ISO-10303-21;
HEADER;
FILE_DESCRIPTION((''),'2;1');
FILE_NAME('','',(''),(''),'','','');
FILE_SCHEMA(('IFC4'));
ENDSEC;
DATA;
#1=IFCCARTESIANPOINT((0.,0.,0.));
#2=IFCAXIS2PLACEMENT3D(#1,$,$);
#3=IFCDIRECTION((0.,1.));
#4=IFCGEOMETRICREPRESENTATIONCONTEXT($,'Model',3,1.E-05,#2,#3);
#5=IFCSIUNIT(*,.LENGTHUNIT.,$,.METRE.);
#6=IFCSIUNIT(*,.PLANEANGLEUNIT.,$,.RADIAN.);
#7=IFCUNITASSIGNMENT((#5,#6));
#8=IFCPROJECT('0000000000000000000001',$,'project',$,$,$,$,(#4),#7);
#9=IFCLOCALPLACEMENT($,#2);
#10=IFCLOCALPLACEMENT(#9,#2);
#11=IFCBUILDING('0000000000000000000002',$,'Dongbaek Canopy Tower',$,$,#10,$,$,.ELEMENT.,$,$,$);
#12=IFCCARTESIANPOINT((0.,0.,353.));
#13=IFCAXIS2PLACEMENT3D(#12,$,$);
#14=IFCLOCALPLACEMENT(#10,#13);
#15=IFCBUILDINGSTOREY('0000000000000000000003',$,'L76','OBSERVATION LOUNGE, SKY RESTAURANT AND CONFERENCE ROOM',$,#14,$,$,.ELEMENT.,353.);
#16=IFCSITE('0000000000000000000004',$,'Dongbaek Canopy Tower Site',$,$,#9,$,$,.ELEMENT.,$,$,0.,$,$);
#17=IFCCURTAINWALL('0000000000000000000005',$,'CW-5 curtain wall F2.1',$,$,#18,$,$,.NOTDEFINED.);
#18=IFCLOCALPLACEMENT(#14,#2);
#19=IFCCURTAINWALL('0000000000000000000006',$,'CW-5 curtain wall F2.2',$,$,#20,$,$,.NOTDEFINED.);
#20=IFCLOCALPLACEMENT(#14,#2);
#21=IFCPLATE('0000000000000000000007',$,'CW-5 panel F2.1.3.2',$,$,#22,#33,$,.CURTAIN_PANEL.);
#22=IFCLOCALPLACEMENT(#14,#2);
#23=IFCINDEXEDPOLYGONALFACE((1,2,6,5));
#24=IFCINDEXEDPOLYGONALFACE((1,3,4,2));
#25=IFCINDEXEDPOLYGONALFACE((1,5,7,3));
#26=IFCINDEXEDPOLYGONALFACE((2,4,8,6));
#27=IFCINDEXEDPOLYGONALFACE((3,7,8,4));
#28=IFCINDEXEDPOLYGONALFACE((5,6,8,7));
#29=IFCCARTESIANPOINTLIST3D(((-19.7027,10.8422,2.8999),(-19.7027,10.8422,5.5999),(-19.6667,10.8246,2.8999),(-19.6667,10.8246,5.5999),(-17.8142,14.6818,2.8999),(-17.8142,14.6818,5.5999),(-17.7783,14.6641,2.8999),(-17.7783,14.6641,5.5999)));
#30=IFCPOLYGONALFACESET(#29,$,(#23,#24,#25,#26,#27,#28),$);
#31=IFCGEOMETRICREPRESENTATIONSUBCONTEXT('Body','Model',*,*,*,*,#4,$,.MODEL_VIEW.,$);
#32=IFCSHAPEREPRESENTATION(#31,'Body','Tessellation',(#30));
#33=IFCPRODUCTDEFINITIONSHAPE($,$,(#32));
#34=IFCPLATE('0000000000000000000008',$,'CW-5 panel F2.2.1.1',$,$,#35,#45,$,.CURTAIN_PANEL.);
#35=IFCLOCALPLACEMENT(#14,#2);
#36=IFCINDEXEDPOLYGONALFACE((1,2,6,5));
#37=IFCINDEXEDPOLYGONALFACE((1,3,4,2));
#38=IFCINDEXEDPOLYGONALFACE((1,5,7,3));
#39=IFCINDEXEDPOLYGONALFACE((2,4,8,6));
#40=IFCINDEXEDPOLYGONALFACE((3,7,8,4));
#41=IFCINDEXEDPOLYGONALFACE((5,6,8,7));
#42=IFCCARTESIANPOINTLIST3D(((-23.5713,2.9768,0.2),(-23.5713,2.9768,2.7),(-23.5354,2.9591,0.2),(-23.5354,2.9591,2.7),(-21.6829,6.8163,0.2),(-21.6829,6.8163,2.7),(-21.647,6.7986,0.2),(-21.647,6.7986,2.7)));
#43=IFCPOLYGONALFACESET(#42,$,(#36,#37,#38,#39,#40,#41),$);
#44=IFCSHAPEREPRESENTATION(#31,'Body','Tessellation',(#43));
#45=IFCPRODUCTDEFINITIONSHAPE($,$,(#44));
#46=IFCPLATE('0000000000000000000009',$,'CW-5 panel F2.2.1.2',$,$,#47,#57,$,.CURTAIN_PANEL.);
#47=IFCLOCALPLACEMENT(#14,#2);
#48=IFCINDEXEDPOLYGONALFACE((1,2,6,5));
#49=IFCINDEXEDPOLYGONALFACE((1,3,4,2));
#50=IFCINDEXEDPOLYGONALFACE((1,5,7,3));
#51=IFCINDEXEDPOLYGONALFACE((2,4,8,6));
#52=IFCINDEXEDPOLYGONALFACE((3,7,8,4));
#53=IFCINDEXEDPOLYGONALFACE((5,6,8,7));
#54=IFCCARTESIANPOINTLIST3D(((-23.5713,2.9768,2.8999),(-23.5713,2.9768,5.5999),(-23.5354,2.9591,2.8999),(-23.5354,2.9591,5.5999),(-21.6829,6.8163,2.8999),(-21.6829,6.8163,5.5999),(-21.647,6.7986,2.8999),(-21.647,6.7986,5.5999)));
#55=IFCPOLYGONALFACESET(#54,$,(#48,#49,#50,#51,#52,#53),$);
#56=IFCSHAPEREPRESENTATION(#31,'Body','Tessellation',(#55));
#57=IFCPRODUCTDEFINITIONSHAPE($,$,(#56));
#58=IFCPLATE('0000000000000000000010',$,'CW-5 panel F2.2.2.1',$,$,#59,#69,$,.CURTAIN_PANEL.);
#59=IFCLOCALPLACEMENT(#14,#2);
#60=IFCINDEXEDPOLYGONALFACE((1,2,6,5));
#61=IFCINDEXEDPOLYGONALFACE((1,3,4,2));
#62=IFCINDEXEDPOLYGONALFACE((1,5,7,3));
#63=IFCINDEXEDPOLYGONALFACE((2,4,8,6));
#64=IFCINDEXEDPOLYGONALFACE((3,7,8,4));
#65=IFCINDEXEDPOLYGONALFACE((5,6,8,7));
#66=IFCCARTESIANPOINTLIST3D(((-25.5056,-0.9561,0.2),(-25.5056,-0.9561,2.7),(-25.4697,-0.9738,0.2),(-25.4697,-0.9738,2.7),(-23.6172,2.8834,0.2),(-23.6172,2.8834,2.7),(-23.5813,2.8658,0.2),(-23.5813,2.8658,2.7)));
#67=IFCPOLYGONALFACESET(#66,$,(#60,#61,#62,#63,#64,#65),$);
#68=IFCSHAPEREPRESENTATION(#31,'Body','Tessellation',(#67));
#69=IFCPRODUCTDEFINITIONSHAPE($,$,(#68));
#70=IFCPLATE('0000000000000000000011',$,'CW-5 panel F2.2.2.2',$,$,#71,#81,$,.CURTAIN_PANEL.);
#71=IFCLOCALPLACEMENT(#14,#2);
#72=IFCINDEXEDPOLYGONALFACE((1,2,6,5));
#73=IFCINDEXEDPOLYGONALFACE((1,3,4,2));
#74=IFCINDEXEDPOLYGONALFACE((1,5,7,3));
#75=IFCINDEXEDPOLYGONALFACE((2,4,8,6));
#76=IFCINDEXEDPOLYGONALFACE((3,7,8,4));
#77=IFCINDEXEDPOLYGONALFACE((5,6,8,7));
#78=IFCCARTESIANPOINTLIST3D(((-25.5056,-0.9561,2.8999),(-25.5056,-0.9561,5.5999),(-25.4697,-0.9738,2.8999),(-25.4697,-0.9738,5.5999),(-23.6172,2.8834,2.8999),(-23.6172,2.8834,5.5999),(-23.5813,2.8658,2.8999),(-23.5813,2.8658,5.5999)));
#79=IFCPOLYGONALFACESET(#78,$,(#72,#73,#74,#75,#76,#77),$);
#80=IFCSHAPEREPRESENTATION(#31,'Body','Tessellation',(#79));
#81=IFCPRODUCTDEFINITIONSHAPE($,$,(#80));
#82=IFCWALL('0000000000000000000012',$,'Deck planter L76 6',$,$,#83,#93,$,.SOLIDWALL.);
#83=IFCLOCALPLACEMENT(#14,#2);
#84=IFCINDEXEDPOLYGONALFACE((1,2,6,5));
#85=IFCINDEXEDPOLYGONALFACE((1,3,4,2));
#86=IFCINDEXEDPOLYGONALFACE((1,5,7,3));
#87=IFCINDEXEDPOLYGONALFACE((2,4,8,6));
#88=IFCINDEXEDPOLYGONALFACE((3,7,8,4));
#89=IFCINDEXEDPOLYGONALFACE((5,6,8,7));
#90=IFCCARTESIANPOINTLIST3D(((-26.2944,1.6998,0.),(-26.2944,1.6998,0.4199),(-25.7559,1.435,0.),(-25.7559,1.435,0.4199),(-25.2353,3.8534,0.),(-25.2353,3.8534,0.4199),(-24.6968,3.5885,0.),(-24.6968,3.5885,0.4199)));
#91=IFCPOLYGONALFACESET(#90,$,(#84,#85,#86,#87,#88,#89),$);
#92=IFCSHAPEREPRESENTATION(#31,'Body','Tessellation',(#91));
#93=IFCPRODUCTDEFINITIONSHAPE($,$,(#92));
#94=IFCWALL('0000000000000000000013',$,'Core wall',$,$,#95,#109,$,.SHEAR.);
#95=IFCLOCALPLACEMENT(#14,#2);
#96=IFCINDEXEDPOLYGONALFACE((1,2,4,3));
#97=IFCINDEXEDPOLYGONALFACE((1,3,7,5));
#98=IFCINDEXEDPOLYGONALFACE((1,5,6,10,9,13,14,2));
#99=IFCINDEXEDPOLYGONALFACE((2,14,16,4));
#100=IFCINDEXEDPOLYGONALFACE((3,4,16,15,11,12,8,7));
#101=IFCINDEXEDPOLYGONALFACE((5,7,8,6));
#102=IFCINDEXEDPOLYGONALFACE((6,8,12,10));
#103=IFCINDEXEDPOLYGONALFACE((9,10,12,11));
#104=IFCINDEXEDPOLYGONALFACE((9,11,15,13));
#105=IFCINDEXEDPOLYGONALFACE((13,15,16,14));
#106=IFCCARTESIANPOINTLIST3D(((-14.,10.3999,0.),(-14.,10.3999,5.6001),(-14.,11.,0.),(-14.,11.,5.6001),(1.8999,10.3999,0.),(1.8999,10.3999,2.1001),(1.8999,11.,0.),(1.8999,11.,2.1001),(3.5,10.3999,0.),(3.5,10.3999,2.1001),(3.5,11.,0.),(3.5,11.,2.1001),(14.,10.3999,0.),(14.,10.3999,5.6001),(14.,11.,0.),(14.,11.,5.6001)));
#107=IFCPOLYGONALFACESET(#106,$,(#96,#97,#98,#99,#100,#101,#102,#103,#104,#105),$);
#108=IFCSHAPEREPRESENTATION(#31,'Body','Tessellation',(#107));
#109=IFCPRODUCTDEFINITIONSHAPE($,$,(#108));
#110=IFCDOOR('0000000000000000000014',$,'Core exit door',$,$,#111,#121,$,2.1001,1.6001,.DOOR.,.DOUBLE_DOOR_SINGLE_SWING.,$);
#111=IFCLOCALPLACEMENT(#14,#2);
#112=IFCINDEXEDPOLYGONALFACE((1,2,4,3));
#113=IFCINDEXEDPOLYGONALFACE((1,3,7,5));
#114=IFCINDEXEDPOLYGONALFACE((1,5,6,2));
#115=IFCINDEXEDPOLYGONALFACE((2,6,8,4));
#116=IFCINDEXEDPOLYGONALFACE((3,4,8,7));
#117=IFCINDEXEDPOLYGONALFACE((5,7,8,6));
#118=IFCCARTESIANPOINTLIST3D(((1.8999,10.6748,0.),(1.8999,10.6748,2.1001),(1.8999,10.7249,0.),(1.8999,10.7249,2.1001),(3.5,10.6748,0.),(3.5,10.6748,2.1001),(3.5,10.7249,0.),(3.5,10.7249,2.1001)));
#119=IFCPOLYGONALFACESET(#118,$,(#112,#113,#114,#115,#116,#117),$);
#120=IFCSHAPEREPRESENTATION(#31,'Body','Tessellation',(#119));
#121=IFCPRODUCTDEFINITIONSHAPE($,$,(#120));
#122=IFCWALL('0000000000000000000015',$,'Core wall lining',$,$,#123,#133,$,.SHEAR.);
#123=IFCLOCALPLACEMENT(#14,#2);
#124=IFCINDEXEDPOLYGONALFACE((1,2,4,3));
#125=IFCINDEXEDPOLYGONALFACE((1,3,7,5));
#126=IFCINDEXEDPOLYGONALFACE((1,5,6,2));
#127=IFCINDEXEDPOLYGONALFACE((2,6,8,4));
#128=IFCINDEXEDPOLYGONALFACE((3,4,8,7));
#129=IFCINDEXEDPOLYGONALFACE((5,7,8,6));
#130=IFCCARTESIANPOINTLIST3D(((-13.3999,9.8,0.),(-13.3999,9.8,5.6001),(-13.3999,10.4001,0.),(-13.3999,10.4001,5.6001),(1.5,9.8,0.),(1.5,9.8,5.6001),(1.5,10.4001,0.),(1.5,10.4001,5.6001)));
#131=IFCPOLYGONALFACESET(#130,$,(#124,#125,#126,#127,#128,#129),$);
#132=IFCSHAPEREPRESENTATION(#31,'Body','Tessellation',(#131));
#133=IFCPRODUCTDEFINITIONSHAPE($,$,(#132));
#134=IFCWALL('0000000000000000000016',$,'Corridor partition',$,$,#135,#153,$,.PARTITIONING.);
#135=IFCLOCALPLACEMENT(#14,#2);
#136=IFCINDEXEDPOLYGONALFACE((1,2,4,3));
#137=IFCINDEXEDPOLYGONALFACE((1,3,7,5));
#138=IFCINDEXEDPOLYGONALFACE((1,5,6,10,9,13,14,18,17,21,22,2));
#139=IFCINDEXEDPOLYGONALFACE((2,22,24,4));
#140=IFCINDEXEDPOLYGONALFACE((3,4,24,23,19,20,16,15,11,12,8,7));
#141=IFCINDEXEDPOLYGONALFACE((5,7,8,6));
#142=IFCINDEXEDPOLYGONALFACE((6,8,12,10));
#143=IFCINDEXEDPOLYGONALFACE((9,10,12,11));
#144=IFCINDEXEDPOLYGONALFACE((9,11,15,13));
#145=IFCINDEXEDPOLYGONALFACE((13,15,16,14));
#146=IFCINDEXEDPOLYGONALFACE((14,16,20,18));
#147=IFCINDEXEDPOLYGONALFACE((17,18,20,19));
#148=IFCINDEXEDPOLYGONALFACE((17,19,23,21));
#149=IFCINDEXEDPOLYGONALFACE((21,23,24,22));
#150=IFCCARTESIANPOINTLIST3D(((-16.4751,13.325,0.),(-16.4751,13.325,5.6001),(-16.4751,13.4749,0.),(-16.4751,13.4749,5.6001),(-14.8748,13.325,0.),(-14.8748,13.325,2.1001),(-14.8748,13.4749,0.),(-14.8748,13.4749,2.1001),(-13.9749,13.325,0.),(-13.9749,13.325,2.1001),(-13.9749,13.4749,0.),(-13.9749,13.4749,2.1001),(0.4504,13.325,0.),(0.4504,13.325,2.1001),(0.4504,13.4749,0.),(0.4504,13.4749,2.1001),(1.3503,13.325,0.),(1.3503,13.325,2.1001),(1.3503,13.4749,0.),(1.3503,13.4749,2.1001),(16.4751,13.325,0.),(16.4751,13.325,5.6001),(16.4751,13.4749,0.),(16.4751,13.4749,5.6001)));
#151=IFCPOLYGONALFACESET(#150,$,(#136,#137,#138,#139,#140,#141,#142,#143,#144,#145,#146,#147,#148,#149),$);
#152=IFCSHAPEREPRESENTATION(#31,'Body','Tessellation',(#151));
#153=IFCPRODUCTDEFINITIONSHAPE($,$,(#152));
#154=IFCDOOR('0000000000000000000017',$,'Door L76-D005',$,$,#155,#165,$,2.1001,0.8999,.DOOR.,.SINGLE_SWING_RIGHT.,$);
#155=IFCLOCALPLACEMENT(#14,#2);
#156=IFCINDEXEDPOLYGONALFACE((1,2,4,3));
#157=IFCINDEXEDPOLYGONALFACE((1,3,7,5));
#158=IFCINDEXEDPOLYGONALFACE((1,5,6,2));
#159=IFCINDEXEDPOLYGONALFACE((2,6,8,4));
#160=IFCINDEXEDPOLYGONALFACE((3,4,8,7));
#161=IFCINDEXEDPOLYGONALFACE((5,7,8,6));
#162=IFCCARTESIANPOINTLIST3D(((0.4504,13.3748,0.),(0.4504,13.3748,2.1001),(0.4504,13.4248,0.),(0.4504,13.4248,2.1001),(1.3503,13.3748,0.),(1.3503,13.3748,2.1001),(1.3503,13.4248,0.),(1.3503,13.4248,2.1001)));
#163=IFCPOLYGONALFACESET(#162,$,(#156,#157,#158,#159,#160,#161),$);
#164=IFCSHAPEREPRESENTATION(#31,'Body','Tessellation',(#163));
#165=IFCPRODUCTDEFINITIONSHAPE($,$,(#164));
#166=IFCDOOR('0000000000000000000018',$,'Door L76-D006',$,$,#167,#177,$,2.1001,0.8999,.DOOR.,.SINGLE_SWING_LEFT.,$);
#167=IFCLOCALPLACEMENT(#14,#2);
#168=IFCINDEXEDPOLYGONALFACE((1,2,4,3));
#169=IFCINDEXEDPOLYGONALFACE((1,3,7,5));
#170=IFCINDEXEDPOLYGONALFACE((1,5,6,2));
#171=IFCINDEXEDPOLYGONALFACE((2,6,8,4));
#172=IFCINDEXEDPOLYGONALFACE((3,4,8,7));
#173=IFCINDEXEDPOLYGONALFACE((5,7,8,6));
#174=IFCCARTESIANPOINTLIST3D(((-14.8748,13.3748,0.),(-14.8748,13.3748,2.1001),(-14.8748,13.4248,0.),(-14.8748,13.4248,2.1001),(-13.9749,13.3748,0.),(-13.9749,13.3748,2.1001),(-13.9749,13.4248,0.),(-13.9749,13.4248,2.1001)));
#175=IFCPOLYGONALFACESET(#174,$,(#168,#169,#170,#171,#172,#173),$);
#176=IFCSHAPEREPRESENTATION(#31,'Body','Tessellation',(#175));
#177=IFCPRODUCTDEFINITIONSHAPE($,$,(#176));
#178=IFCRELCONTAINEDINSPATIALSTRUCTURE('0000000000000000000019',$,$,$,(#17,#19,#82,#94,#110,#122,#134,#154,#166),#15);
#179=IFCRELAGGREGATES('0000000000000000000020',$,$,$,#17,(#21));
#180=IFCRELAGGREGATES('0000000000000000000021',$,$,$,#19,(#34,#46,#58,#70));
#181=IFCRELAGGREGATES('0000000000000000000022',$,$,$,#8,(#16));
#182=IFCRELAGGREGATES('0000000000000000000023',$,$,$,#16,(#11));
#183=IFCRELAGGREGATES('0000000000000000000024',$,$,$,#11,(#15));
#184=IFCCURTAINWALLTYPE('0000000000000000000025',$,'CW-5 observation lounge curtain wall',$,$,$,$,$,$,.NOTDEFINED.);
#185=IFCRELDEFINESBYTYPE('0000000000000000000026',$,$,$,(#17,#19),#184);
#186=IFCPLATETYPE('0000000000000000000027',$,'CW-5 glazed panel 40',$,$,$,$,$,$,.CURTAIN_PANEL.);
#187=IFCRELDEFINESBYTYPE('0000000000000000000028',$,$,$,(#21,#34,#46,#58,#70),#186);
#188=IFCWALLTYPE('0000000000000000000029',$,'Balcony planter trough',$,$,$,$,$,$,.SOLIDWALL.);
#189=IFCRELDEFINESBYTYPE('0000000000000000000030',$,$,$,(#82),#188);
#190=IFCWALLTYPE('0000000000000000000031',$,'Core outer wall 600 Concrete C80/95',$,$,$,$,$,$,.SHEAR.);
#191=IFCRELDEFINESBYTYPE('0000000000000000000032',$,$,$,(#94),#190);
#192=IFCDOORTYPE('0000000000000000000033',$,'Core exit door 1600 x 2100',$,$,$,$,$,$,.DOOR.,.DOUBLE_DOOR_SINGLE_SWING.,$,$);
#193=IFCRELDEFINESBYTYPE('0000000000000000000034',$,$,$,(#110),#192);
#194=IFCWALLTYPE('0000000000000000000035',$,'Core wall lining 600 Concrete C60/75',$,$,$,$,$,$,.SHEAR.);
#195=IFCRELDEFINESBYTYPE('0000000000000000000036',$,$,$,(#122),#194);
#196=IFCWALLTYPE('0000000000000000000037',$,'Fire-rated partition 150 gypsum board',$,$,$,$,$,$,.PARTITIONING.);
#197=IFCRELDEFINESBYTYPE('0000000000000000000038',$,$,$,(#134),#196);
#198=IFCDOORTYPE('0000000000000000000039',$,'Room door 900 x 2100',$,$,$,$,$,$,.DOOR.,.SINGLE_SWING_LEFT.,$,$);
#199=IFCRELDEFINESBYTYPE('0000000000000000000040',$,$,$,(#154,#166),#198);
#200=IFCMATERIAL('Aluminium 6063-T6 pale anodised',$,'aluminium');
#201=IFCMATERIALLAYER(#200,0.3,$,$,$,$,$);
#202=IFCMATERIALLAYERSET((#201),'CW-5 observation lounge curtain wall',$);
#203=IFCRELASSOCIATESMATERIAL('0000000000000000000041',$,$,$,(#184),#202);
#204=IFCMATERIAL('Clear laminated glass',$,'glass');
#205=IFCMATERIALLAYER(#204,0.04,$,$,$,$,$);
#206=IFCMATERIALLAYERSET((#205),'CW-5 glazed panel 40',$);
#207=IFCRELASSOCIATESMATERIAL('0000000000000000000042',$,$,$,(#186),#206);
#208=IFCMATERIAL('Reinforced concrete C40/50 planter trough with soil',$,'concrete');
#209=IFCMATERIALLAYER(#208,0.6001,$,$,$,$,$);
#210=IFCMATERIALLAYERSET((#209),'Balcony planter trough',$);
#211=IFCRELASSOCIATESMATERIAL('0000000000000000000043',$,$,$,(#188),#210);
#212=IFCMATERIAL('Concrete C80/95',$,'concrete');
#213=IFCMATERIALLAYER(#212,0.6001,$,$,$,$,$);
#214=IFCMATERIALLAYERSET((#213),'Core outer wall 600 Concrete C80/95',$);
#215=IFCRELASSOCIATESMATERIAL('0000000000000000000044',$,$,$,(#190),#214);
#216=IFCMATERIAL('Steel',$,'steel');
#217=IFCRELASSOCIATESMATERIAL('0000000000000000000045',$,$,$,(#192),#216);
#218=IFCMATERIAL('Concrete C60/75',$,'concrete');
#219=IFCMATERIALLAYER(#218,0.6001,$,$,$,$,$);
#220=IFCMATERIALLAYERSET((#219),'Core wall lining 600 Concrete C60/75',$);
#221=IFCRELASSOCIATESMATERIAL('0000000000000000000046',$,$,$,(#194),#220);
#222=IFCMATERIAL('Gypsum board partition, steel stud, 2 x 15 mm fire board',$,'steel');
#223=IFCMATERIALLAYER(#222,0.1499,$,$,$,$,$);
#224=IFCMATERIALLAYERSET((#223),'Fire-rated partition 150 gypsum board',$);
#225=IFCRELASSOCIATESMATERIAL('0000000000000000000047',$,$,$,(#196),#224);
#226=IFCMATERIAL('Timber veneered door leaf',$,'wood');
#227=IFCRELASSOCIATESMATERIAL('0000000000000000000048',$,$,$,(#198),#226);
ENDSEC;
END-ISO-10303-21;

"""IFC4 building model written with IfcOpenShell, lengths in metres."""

from ifc_helpers import new_model, si_unit, direction, frame, frame_2d, origin, origin_2d, place, context, subcontext, project, spatial, rectangle, extrude, material, layer, layer_set, type_object, element, fill, aggregate, save


model = new_model("IFC4")

# Units and contexts
model_context = context("Model", 3, precision=1e-05, world=origin(), true_north=direction((0.0, 1.0)))
body_context = subcontext(model_context, "Body", "Model", "MODEL_VIEW")
ifc_project = project(units=[si_unit("LENGTHUNIT", "METRE"), si_unit("PLANEANGLEUNIT", "RADIAN")], contexts=[model_context])

# Site, building, storey
site_placement = place(None, origin())
site = spatial("IfcSite", under=ifc_project, at=site_placement, Name="Dongbaek Canopy Tower Site", CompositionType="ELEMENT", RefElevation=0.0)
building_placement = place(site_placement, origin())
building = spatial("IfcBuilding", under=site, at=building_placement, Name="Dongbaek Canopy Tower", CompositionType="ELEMENT")
storey_placement = place(building_placement, frame((0.0, 0.0, 353.0)))
storey = spatial("IfcBuildingStorey", under=building, at=storey_placement, Name="L76", Description="OBSERVATION LOUNGE, SKY RESTAURANT AND CONFERENCE ROOM", CompositionType="ELEMENT", Elevation=353.0)

# Curtain wall
ifc_material_1 = material(Name="Aluminium 6063-T6 pale anodised", Category="aluminium")
ifc_layer_1 = layer(ifc_material_1, 0.3)
ifc_layer_set_1 = layer_set([ifc_layer_1], Name="CW-5 observation lounge curtain wall")
curtain_wall_type = type_object("IfcCurtainWallType", Name="CW-5 observation lounge curtain wall", PredefinedType="NOTDEFINED", material=ifc_layer_set_1)
curtain_wall_1_placement = place(storey_placement, origin())
curtain_wall_1 = element("IfcCurtainWall", 1, at=curtain_wall_1_placement, inside=storey, type_object=curtain_wall_type, Name="CW-5 curtain wall F2.1", PredefinedType="NOTDEFINED")

# Curtain wall
curtain_wall_2_placement = place(storey_placement, origin())
curtain_wall_2 = element("IfcCurtainWall", 2, at=curtain_wall_2_placement, inside=storey, type_object=curtain_wall_type, Name="CW-5 curtain wall F2.2", PredefinedType="NOTDEFINED")

# Plates
ifc_material_2 = material(Name="Clear laminated glass", Category="glass")
ifc_layer_2 = layer(ifc_material_2, 0.04)
ifc_layer_set_2 = layer_set([ifc_layer_2], Name="CW-5 glazed panel 40")
plate_type = type_object("IfcPlateType", Name="CW-5 glazed panel 40", PredefinedType="CURTAIN_PANEL", material=ifc_layer_set_2)
plate_1_placement = place(storey_placement, frame((-18.7405, 12.7532, 2.8999), z_axis=(0.0, 0.0, 1.0), x_axis=(-0.441342, -0.897339, 0.0)))
plate_1 = element("IfcPlate", 3, at=plate_1_placement, type_object=plate_type, Name="CW-5 panel F2.1.3.2", PredefinedType="CURTAIN_PANEL", context=body_context, shape_type="SweptSolid", body=[
    extrude(rectangle(XDim=4.2788, YDim=0.04, at=origin_2d()), origin(), (0.0, 0.0, 1.0), 2.7),
])
aggregate(curtain_wall_1, [plate_1])
plate_2_placement = place(storey_placement, frame((-22.6091, 4.8877, 0.2), z_axis=(0.0, 0.0, 1.0), x_axis=(-0.441342, -0.897339, 0.0)))
plate_2 = element("IfcPlate", 4, at=plate_2_placement, type_object=plate_type, Name="CW-5 panel F2.2.1.1", PredefinedType="CURTAIN_PANEL", context=body_context, shape_type="SweptSolid", body=[
    extrude(rectangle(XDim=4.2788, YDim=0.04, at=origin_2d()), origin(), (0.0, 0.0, 1.0), 2.5),
])
plate_3_placement = place(storey_placement, frame((-22.6091, 4.8877, 2.8999), z_axis=(0.0, 0.0, 1.0), x_axis=(-0.441342, -0.897339, 0.0)))
plate_3 = element("IfcPlate", 5, at=plate_3_placement, type_object=plate_type, Name="CW-5 panel F2.2.1.2", PredefinedType="CURTAIN_PANEL", context=body_context, shape_type="SweptSolid", body=[
    extrude(rectangle(XDim=4.2788, YDim=0.04, at=origin_2d()), origin(), (0.0, 0.0, 1.0), 2.7),
])
plate_4_placement = place(storey_placement, frame((-24.5435, 0.9548, 0.2), z_axis=(0.0, 0.0, 1.0), x_axis=(-0.441342, -0.897339, 0.0)))
plate_4 = element("IfcPlate", 6, at=plate_4_placement, type_object=plate_type, Name="CW-5 panel F2.2.2.1", PredefinedType="CURTAIN_PANEL", context=body_context, shape_type="SweptSolid", body=[
    extrude(rectangle(XDim=4.2788, YDim=0.04, at=origin_2d()), origin(), (0.0, 0.0, 1.0), 2.5),
])
plate_5_placement = place(storey_placement, frame((-24.5435, 0.9548, 2.8999), z_axis=(0.0, 0.0, 1.0), x_axis=(-0.441342, -0.897339, 0.0)))
plate_5 = element("IfcPlate", 7, at=plate_5_placement, type_object=plate_type, Name="CW-5 panel F2.2.2.2", PredefinedType="CURTAIN_PANEL", context=body_context, shape_type="SweptSolid", body=[
    extrude(rectangle(XDim=4.2788, YDim=0.04, at=origin_2d()), origin(), (0.0, 0.0, 1.0), 2.7),
])
aggregate(curtain_wall_2, [plate_2, plate_3, plate_4, plate_5])

# Wall
ifc_material_3 = material(Name="Reinforced concrete C40/50 planter trough with soil", Category="concrete")
ifc_layer_3 = layer(ifc_material_3, 0.6001)
ifc_layer_set_3 = layer_set([ifc_layer_3], Name="Balcony planter trough")
wall_type_1 = type_object("IfcWallType", Name="Balcony planter trough", PredefinedType="SOLIDWALL", material=ifc_layer_set_3)
wall_1_placement = place(storey_placement, frame((-24.9661, 3.7209, 0.0), z_axis=(0.0, 0.0, 1.0), x_axis=(-0.441304, -0.897358, 0.0)))
element("IfcWall", 8, at=wall_1_placement, inside=storey, type_object=wall_type_1, Name="Deck planter L76 6", PredefinedType="SOLIDWALL", context=body_context, shape_type="SweptSolid", body=[
    extrude(rectangle(XDim=2.3999, YDim=0.6001, at=frame_2d((1.2, 0.0))), origin(), (0.0, 0.0, 1.0), 0.4199),
])

# Wall, opening, door
ifc_material_4 = material(Name="Concrete C80/95", Category="concrete")
ifc_layer_4 = layer(ifc_material_4, 0.6001)
ifc_layer_set_4 = layer_set([ifc_layer_4], Name="Core outer wall 600 Concrete C80/95")
wall_type_2 = type_object("IfcWallType", Name="Core outer wall 600 Concrete C80/95", PredefinedType="SHEAR", material=ifc_layer_set_4)
wall_2_placement = place(storey_placement, frame((-14.0, 10.7, 0.0), z_axis=(0.0, 0.0, 1.0), x_axis=(1.0, 0.0, 0.0)))
wall_2 = element("IfcWall", 9, at=wall_2_placement, inside=storey, type_object=wall_type_2, Name="Core wall", PredefinedType="SHEAR", context=body_context, shape_type="SweptSolid", body=[
    extrude(rectangle(XDim=28.0, YDim=0.6001, at=frame_2d((14.0, 0.0))), origin(), (0.0, 0.0, 1.0), 5.6001),
])
opening_1_placement = place(wall_2_placement, frame((15.8999, 0.0, 0.0)))
opening_1 = element("IfcOpeningElement", 10, at=opening_1_placement, cuts=wall_2, PredefinedType="OPENING", context=body_context, shape_type="SweptSolid", body=[
    extrude(rectangle(XDim=1.6001, YDim=2.1001, at=frame_2d((0.8, 1.05))), frame((0.0, 0.3101, 0.0), z_axis=(0.0, -1.0, 0.0), x_axis=(1.0, 0.0, 0.0)), (0.0, 0.0, 1.0), 0.6201),
])
ifc_material_5 = material(Name="Steel", Category="steel")
door_type_1 = type_object("IfcDoorType", Name="Core exit door 1600 x 2100", OperationType="DOUBLE_DOOR_SINGLE_SWING", PredefinedType="DOOR", material=ifc_material_5)
door_1_placement = place(opening_1_placement, origin())
door_1 = element("IfcDoor", 11, at=door_1_placement, inside=storey, type_object=door_type_1, Name="Core exit door", OperationType="DOUBLE_DOOR_SINGLE_SWING", OverallHeight=2.1001, OverallWidth=1.6001, PredefinedType="DOOR", context=body_context, shape_type="SweptSolid", body=[
    extrude(rectangle(XDim=1.6001, YDim=2.1001, at=frame_2d((0.8, 1.05))), frame((0.0, 0.0249, 0.0), z_axis=(0.0, -1.0, 0.0), x_axis=(1.0, 0.0, 0.0)), (0.0, 0.0, 1.0), 0.05),
])
fill(opening_1, door_1)

# Wall
ifc_material_6 = material(Name="Concrete C60/75", Category="concrete")
ifc_layer_5 = layer(ifc_material_6, 0.6001)
ifc_layer_set_5 = layer_set([ifc_layer_5], Name="Core wall lining 600 Concrete C60/75")
wall_type_3 = type_object("IfcWallType", Name="Core wall lining 600 Concrete C60/75", PredefinedType="SHEAR", material=ifc_layer_set_5)
wall_3_placement = place(storey_placement, frame((-13.3999, 10.1001, 0.0), z_axis=(0.0, 0.0, 1.0), x_axis=(1.0, 0.0, 0.0)))
element("IfcWall", 12, at=wall_3_placement, inside=storey, type_object=wall_type_3, Name="Core wall lining", PredefinedType="SHEAR", context=body_context, shape_type="SweptSolid", body=[
    extrude(rectangle(XDim=14.8999, YDim=0.6001, at=frame_2d((7.45, 0.0))), origin(), (0.0, 0.0, 1.0), 5.6001),
])

# Wall, openings, doors
ifc_material_7 = material(Name="Gypsum board partition, steel stud, 2 x 15 mm fire board", Category="steel")
ifc_layer_6 = layer(ifc_material_7, 0.1499)
ifc_layer_set_6 = layer_set([ifc_layer_6], Name="Fire-rated partition 150 gypsum board")
wall_type_4 = type_object("IfcWallType", Name="Fire-rated partition 150 gypsum board", PredefinedType="PARTITIONING", material=ifc_layer_set_6)
wall_4_placement = place(storey_placement, frame((-16.4751, 13.3999, 0.0), z_axis=(0.0, 0.0, 1.0), x_axis=(1.0, 0.0, 0.0)))
wall_4 = element("IfcWall", 13, at=wall_4_placement, inside=storey, type_object=wall_type_4, Name="Corridor partition", PredefinedType="PARTITIONING", context=body_context, shape_type="SweptSolid", body=[
    extrude(rectangle(XDim=32.9502, YDim=0.1499, at=frame_2d((16.4751, 0.0))), origin(), (0.0, 0.0, 1.0), 5.6001),
])
opening_2_placement = place(wall_4_placement, frame((16.9255, 0.0, 0.0)))
opening_2 = element("IfcOpeningElement", 14, at=opening_2_placement, cuts=wall_4, PredefinedType="OPENING", context=body_context, shape_type="SweptSolid", body=[
    extrude(rectangle(XDim=0.8999, YDim=2.1001, at=frame_2d((0.45, 1.05))), frame((0.0, 0.085, 0.0), z_axis=(0.0, -1.0, 0.0), x_axis=(1.0, 0.0, 0.0)), (0.0, 0.0, 1.0), 0.1699),
])
opening_3_placement = place(wall_4_placement, frame((1.6003, 0.0, 0.0)))
opening_3 = element("IfcOpeningElement", 15, at=opening_3_placement, cuts=wall_4, PredefinedType="OPENING", context=body_context, shape_type="SweptSolid", body=[
    extrude(rectangle(XDim=0.8999, YDim=2.1001, at=frame_2d((0.45, 1.05))), frame((0.0, 0.085, 0.0), z_axis=(0.0, -1.0, 0.0), x_axis=(1.0, 0.0, 0.0)), (0.0, 0.0, 1.0), 0.1699),
])
ifc_material_8 = material(Name="Timber veneered door leaf", Category="wood")
door_type_2 = type_object("IfcDoorType", Name="Room door 900 x 2100", OperationType="SINGLE_SWING_LEFT", PredefinedType="DOOR", material=ifc_material_8)
door_2_placement = place(opening_2_placement, origin())
door_2 = element("IfcDoor", 16, at=door_2_placement, inside=storey, type_object=door_type_2, Name="Door L76-D005", OperationType="SINGLE_SWING_RIGHT", OverallHeight=2.1001, OverallWidth=0.8999, PredefinedType="DOOR", context=body_context, shape_type="SweptSolid", body=[
    extrude(rectangle(XDim=0.8999, YDim=2.1001, at=frame_2d((0.45, 1.05))), frame((0.0, 0.0249, 0.0), z_axis=(0.0, -1.0, 0.0), x_axis=(1.0, 0.0, 0.0)), (0.0, 0.0, 1.0), 0.05),
])
fill(opening_2, door_2)
door_3_placement = place(opening_3_placement, origin())
door_3 = element("IfcDoor", 17, at=door_3_placement, inside=storey, type_object=door_type_2, Name="Door L76-D006", OperationType="SINGLE_SWING_LEFT", OverallHeight=2.1001, OverallWidth=0.8999, PredefinedType="DOOR", context=body_context, shape_type="SweptSolid", body=[
    extrude(rectangle(XDim=0.8999, YDim=2.1001, at=frame_2d((0.45, 1.05))), frame((0.0, 0.0249, 0.0), z_axis=(0.0, -1.0, 0.0), x_axis=(1.0, 0.0, 0.0)), (0.0, 0.0, 1.0), 0.05),
])
fill(opening_3, door_3)

save(model, "model.ifc")
